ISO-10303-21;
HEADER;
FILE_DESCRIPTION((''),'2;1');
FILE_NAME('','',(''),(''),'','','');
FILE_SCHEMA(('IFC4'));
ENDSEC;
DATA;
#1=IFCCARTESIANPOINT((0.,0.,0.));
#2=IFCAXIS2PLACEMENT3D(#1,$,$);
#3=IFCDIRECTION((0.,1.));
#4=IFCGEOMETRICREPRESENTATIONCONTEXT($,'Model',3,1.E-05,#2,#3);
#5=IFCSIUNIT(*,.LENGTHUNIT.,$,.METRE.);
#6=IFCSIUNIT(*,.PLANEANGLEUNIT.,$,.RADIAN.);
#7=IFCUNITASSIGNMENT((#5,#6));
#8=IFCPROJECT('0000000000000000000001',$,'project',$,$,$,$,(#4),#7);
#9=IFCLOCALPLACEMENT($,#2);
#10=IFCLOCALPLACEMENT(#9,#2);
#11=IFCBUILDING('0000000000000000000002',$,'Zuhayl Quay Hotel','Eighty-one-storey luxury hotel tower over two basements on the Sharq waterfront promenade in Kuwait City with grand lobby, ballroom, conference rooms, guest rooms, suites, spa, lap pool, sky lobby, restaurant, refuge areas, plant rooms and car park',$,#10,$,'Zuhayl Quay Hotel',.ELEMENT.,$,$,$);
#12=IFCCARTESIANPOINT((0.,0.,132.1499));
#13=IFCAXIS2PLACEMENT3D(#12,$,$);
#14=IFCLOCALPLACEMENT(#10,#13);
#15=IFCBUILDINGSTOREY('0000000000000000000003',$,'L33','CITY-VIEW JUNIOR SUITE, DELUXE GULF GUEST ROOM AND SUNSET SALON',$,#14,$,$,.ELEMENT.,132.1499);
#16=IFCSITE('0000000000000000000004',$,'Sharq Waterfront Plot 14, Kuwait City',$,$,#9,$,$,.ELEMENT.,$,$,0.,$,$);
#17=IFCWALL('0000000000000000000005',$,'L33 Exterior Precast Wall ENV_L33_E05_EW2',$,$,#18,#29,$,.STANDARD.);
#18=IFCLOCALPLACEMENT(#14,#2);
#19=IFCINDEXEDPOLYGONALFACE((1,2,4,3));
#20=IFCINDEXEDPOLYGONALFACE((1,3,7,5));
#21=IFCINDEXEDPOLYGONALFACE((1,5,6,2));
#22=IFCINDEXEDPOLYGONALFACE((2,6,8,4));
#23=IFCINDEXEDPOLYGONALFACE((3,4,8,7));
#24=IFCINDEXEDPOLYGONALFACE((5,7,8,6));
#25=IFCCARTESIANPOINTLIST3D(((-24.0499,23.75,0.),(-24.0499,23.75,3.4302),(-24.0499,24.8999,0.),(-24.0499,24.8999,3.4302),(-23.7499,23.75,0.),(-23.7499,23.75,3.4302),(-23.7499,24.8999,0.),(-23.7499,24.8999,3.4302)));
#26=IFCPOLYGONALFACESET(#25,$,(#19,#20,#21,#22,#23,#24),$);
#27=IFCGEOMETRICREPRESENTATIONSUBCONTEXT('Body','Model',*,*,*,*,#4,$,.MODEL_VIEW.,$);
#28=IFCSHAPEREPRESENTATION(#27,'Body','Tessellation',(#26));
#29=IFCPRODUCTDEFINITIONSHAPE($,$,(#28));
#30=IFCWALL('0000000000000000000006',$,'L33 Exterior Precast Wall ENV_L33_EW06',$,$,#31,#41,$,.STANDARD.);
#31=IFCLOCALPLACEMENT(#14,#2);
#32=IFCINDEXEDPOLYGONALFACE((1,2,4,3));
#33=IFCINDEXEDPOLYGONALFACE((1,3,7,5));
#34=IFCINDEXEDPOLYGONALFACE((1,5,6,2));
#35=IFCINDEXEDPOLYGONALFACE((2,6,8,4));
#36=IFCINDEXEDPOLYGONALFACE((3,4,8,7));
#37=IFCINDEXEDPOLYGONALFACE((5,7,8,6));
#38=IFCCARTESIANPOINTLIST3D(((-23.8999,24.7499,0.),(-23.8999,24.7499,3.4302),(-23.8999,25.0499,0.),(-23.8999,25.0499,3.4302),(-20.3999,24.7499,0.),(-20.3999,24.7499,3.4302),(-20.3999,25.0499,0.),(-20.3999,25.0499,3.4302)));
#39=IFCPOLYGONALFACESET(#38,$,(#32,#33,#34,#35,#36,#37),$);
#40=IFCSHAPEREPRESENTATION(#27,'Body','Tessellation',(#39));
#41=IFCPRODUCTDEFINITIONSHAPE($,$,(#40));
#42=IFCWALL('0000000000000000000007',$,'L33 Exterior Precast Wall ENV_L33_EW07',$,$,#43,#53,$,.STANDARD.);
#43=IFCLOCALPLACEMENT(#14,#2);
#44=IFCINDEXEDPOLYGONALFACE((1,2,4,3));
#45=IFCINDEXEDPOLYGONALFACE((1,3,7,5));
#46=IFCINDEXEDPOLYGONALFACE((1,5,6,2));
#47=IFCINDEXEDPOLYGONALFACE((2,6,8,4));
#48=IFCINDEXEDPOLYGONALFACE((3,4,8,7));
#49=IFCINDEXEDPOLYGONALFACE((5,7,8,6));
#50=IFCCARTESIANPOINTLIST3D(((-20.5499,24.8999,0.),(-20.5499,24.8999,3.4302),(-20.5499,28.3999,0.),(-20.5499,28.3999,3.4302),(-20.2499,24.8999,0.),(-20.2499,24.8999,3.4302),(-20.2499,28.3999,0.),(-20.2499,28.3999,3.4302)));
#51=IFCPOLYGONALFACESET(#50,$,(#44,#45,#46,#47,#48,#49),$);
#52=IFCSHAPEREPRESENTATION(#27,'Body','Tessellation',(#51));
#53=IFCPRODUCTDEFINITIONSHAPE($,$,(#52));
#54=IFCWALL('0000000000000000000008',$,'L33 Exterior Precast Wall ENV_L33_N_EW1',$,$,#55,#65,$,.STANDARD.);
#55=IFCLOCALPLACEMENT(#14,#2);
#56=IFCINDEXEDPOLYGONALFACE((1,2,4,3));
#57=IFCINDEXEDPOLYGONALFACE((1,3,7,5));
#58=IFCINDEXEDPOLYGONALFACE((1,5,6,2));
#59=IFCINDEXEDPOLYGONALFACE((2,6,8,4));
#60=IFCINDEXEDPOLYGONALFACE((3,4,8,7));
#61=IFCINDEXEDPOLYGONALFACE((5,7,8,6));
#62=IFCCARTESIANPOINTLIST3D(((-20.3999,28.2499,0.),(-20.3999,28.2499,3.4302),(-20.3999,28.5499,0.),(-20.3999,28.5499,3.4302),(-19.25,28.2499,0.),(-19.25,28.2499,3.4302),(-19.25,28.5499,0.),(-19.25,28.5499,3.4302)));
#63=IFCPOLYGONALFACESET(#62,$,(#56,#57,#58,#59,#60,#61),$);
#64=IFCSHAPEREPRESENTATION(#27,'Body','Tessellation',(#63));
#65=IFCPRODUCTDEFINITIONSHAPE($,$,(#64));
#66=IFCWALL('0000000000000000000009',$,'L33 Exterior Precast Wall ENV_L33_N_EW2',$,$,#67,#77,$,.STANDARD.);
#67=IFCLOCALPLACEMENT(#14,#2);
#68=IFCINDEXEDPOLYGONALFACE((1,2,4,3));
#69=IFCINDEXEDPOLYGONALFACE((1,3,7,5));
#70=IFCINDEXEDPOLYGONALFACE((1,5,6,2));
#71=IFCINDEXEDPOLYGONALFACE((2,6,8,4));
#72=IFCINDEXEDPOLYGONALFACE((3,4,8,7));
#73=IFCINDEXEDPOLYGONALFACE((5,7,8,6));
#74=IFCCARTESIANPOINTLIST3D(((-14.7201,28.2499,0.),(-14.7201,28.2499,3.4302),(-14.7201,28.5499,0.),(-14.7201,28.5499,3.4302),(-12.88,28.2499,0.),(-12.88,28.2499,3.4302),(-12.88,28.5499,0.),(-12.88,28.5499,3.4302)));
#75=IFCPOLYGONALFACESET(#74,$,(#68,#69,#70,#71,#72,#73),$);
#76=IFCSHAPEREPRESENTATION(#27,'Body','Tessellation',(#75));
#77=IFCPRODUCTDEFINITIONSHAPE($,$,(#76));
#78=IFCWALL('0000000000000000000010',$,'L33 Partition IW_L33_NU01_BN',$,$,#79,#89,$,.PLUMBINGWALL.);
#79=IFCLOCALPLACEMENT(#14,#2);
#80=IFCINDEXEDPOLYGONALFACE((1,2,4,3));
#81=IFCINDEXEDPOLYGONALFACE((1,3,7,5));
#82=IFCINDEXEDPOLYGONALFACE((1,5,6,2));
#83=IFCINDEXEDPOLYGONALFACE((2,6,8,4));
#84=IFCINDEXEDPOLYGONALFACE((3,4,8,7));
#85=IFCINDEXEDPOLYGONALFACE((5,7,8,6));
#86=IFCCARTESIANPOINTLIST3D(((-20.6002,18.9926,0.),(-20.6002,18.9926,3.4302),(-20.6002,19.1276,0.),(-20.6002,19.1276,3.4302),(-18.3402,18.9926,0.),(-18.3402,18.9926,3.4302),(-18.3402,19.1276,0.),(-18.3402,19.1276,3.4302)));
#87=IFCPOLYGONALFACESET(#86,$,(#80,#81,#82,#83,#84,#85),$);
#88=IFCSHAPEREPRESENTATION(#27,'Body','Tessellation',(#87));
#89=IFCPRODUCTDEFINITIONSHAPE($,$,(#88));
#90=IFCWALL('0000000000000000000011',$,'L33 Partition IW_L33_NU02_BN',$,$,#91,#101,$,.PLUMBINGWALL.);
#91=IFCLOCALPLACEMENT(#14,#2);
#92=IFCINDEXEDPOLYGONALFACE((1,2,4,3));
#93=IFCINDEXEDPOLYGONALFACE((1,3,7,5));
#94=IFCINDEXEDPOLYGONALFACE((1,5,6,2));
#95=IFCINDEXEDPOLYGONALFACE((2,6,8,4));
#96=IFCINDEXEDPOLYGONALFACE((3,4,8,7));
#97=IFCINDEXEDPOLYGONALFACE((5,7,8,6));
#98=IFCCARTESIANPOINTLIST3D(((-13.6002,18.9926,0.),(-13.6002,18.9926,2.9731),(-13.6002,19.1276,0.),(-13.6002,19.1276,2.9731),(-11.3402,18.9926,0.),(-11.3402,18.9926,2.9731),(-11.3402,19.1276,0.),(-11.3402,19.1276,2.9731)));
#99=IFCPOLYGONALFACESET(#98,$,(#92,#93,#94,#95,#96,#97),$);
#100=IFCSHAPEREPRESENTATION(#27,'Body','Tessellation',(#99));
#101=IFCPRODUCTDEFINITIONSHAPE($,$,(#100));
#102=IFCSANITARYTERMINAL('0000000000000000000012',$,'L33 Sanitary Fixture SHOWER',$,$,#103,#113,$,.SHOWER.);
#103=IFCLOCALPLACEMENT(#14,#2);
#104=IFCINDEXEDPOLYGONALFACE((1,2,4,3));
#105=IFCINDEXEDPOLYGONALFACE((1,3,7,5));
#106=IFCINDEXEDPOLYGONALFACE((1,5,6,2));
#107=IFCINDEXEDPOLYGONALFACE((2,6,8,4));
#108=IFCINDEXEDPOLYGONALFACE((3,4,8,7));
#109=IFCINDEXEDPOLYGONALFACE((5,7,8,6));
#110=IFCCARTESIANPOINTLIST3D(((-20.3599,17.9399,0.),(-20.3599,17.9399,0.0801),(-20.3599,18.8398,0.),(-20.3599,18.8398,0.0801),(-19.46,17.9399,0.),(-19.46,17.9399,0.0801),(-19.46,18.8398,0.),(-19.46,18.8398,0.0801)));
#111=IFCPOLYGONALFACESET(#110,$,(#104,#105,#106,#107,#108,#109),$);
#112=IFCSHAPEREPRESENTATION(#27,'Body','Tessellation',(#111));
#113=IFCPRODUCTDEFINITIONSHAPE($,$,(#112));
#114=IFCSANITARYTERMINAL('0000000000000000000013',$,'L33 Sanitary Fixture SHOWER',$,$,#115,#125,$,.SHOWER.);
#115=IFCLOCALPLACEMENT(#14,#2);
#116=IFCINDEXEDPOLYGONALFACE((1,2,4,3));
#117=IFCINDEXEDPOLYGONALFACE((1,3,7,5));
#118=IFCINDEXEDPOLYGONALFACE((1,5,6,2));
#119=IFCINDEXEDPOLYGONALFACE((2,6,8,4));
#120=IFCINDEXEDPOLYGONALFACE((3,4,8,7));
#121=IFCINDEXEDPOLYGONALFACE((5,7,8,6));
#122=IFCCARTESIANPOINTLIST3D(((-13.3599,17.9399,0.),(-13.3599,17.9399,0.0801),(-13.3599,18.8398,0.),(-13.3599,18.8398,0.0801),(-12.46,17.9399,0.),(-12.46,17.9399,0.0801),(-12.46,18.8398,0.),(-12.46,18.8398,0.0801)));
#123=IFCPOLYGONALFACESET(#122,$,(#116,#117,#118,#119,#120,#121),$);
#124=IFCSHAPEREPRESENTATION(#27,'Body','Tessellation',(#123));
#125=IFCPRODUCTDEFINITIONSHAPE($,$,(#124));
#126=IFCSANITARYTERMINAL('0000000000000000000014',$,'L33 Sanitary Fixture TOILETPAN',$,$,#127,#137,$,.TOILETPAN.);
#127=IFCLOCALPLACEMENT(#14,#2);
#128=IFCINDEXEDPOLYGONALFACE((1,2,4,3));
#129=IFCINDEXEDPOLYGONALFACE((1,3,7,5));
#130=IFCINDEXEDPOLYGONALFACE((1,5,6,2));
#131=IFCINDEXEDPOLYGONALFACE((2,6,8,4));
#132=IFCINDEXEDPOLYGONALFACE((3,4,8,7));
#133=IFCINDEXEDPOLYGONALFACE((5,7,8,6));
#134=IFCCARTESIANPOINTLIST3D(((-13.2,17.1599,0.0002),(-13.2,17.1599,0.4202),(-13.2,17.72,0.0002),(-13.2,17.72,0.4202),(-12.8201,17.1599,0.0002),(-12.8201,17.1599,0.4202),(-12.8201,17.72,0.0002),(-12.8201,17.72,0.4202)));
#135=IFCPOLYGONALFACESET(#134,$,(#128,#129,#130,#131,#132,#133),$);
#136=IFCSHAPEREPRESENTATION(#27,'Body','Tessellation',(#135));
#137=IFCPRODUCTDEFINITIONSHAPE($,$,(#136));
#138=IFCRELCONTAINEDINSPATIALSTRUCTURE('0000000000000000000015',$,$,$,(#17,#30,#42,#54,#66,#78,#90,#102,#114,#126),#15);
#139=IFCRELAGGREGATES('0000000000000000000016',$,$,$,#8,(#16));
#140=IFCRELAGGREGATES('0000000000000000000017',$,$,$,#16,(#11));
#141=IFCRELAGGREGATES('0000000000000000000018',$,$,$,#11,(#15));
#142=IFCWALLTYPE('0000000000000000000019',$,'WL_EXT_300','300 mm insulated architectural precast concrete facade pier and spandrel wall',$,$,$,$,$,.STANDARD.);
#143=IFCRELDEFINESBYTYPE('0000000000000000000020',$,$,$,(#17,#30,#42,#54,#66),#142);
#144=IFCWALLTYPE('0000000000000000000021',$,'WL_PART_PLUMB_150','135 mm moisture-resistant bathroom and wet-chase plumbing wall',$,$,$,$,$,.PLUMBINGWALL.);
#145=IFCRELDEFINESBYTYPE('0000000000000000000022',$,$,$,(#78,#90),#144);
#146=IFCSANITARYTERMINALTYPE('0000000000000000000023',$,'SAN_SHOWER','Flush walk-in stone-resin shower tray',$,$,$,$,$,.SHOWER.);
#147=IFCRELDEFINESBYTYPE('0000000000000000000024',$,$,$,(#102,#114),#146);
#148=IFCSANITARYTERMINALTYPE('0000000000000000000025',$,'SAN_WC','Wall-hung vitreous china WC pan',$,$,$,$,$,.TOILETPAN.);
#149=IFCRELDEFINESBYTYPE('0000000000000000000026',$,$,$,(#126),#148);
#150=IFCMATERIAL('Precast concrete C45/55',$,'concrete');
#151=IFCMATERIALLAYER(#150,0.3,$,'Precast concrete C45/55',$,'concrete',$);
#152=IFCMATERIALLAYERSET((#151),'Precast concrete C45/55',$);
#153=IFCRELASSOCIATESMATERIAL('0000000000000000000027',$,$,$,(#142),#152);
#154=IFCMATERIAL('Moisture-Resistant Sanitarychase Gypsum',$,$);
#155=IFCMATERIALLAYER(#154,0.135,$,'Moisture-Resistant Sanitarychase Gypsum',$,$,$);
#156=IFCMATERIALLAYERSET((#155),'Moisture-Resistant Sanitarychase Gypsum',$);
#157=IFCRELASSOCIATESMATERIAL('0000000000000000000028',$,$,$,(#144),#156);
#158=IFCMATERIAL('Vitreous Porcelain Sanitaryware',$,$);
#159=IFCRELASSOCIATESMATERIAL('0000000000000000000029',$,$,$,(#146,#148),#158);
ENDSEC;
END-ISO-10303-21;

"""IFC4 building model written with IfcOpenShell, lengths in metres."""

from ifc_helpers import new_model, si_unit, direction, frame, frame_2d, origin, origin_2d, place, context, subcontext, project, spatial, rectangle, extrude, material, layer, layer_set, type_object, element, save


model = new_model("IFC4")

# Units and contexts
model_context = context("Model", 3, precision=1e-05, world=origin(), true_north=direction((0.0, 1.0)))
body_context = subcontext(model_context, "Body", "Model", "MODEL_VIEW")
ifc_project = project(units=[si_unit("LENGTHUNIT", "METRE"), si_unit("PLANEANGLEUNIT", "RADIAN")], contexts=[model_context])

# Site, building, storey
site_placement = place(None, origin())
site = spatial("IfcSite", under=ifc_project, at=site_placement, Name="Sharq Waterfront Plot 14, Kuwait City", CompositionType="ELEMENT", RefElevation=0.0)
building_placement = place(site_placement, origin())
building = spatial("IfcBuilding", under=site, at=building_placement, Name="Zuhayl Quay Hotel", Description="Eighty-one-storey luxury hotel tower over two basements on the Sharq waterfront promenade in Kuwait City with grand lobby, ballroom, conference rooms, guest rooms, suites, spa, lap pool, sky lobby, restaurant, refuge areas, plant rooms and car park", LongName="Zuhayl Quay Hotel", CompositionType="ELEMENT")
storey_placement = place(building_placement, frame((0.0, 0.0, 132.1499)))
storey = spatial("IfcBuildingStorey", under=building, at=storey_placement, Name="L33", Description="CITY-VIEW JUNIOR SUITE, DELUXE GULF GUEST ROOM AND SUNSET SALON", CompositionType="ELEMENT", Elevation=132.1499)

# Walls
ifc_material_1 = material(Name="Precast concrete C45/55", Category="concrete")
ifc_layer_1 = layer(ifc_material_1, 0.3, Name="Precast concrete C45/55", Category="concrete")
ifc_layer_set_1 = layer_set([ifc_layer_1], Name="Precast concrete C45/55")
wall_type_1 = type_object("IfcWallType", Name="WL_EXT_300", Description="300 mm insulated architectural precast concrete facade pier and spandrel wall", PredefinedType="STANDARD", material=ifc_layer_set_1)
wall_1_placement = place(storey_placement, frame((-23.8999, 23.75, 0.0), z_axis=(0.0, 0.0, 1.0), x_axis=(0.0, 1.0, 0.0)))
element("IfcWall", 1, at=wall_1_placement, inside=storey, type_object=wall_type_1, Name="L33 Exterior Precast Wall ENV_L33_E05_EW2", PredefinedType="STANDARD", context=body_context, shape_type="SweptSolid", body=[
    extrude(rectangle(XDim=1.1499, YDim=0.3, at=frame_2d((0.575, 0.0))), origin(), (0.0, 0.0, 1.0), 3.4302),
])
for number, where, z_axis, x_axis, name in (
    (2, (-23.8999, 24.8999, 0.0), (0.0, 0.0, 1.0), (1.0, 0.0, 0.0), "L33 Exterior Precast Wall ENV_L33_EW06"),
    (3, (-20.3999, 24.8999, 0.0), (0.0, 0.0, 1.0), (0.0, 1.0, 0.0), "L33 Exterior Precast Wall ENV_L33_EW07"),
):
    element("IfcWall", number, at=place(storey_placement, frame(where, z_axis=z_axis, x_axis=x_axis)), inside=storey, type_object=wall_type_1, Name=name, PredefinedType="STANDARD", context=body_context, shape_type="SweptSolid", body=[
        extrude(rectangle(XDim=3.5, YDim=0.3, at=frame_2d((1.75, 0.0))), origin(), (0.0, 0.0, 1.0), 3.4302),
    ])
wall_2_placement = place(storey_placement, frame((-20.3999, 28.3999, 0.0), z_axis=(0.0, 0.0, 1.0), x_axis=(1.0, 0.0, 0.0)))
element("IfcWall", 4, at=wall_2_placement, inside=storey, type_object=wall_type_1, Name="L33 Exterior Precast Wall ENV_L33_N_EW1", PredefinedType="STANDARD", context=body_context, shape_type="SweptSolid", body=[
    extrude(rectangle(XDim=1.1499, YDim=0.3, at=frame_2d((0.575, 0.0))), origin(), (0.0, 0.0, 1.0), 3.4302),
])
wall_3_placement = place(storey_placement, frame((-14.72, 28.3999, 0.0), z_axis=(0.0, 0.0, 1.0), x_axis=(1.0, 0.0, 0.0)))
element("IfcWall", 5, at=wall_3_placement, inside=storey, type_object=wall_type_1, Name="L33 Exterior Precast Wall ENV_L33_N_EW2", PredefinedType="STANDARD", context=body_context, shape_type="SweptSolid", body=[
    extrude(rectangle(XDim=1.8401, YDim=0.3, at=frame_2d((0.9199, 0.0))), origin(), (0.0, 0.0, 1.0), 3.4302),
])
ifc_material_2 = material(Name="Moisture-Resistant Sanitarychase Gypsum")
ifc_layer_2 = layer(ifc_material_2, 0.135, Name="Moisture-Resistant Sanitarychase Gypsum")
ifc_layer_set_2 = layer_set([ifc_layer_2], Name="Moisture-Resistant Sanitarychase Gypsum")
wall_type_2 = type_object("IfcWallType", Name="WL_PART_PLUMB_150", Description="135 mm moisture-resistant bathroom and wet-chase plumbing wall", PredefinedType="PLUMBINGWALL", material=ifc_layer_set_2)
wall_4_placement = place(storey_placement, frame((-20.6001, 19.0601, 0.0), z_axis=(0.0, 0.0, 1.0), x_axis=(1.0, 0.0, 0.0)))
element("IfcWall", 6, at=wall_4_placement, inside=storey, type_object=wall_type_2, Name="L33 Partition IW_L33_NU01_BN", PredefinedType="PLUMBINGWALL", context=body_context, shape_type="SweptSolid", body=[
    extrude(rectangle(XDim=2.26, YDim=0.135, at=frame_2d((1.1299, 0.0))), origin(), (0.0, 0.0, 1.0), 3.4302),
])
wall_5_placement = place(storey_placement, frame((-13.6001, 19.0601, 0.0), z_axis=(0.0, 0.0, 1.0), x_axis=(1.0, 0.0, 0.0)))
element("IfcWall", 7, at=wall_5_placement, inside=storey, type_object=wall_type_2, Name="L33 Partition IW_L33_NU02_BN", PredefinedType="PLUMBINGWALL", context=body_context, shape_type="SweptSolid", body=[
    extrude(rectangle(XDim=2.26, YDim=0.135, at=frame_2d((1.1299, 0.0))), origin(), (0.0, 0.0, 1.0), 2.9731),
])

# Sanitary terminals
ifc_material_3 = material(Name="Vitreous Porcelain Sanitaryware")
sanitary_terminal_type_1 = type_object("IfcSanitaryTerminalType", Name="SAN_SHOWER", Description="Flush walk-in stone-resin shower tray", PredefinedType="SHOWER", material=ifc_material_3)
for number, where, z_axis, x_axis, name in (
    (8, (-19.9099, 18.3899, 0.0), (0.0, 0.0, 1.0), (1.0, 0.0, 0.0), "L33 Sanitary Fixture SHOWER"),
    (9, (-12.9099, 18.3899, 0.0), (0.0, 0.0, 1.0), (1.0, 0.0, 0.0), "L33 Sanitary Fixture SHOWER"),
):
    element("IfcSanitaryTerminal", number, at=place(storey_placement, frame(where, z_axis=z_axis, x_axis=x_axis)), inside=storey, type_object=sanitary_terminal_type_1, Name=name, PredefinedType="SHOWER", context=body_context, shape_type="SweptSolid", body=[
        extrude(rectangle(XDim=0.8999, YDim=0.8999, at=origin_2d()), origin(), (0.0, 0.0, 1.0), 0.0801),
    ])
sanitary_terminal_type_2 = type_object("IfcSanitaryTerminalType", Name="SAN_WC", Description="Wall-hung vitreous china WC pan", PredefinedType="TOILETPAN", material=ifc_material_3)
sanitary_terminal_placement = place(storey_placement, frame((-13.01, 17.4399, 0.0002), z_axis=(0.0, 0.0, 1.0), x_axis=(1.0, 0.0, 0.0)))
element("IfcSanitaryTerminal", 10, at=sanitary_terminal_placement, inside=storey, type_object=sanitary_terminal_type_2, Name="L33 Sanitary Fixture TOILETPAN", PredefinedType="TOILETPAN", context=body_context, shape_type="SweptSolid", body=[
    extrude(rectangle(XDim=0.3799, YDim=0.5601, at=origin_2d()), origin(), (0.0, 0.0, 1.0), 0.4199),
])

save(model, "model.ifc")
